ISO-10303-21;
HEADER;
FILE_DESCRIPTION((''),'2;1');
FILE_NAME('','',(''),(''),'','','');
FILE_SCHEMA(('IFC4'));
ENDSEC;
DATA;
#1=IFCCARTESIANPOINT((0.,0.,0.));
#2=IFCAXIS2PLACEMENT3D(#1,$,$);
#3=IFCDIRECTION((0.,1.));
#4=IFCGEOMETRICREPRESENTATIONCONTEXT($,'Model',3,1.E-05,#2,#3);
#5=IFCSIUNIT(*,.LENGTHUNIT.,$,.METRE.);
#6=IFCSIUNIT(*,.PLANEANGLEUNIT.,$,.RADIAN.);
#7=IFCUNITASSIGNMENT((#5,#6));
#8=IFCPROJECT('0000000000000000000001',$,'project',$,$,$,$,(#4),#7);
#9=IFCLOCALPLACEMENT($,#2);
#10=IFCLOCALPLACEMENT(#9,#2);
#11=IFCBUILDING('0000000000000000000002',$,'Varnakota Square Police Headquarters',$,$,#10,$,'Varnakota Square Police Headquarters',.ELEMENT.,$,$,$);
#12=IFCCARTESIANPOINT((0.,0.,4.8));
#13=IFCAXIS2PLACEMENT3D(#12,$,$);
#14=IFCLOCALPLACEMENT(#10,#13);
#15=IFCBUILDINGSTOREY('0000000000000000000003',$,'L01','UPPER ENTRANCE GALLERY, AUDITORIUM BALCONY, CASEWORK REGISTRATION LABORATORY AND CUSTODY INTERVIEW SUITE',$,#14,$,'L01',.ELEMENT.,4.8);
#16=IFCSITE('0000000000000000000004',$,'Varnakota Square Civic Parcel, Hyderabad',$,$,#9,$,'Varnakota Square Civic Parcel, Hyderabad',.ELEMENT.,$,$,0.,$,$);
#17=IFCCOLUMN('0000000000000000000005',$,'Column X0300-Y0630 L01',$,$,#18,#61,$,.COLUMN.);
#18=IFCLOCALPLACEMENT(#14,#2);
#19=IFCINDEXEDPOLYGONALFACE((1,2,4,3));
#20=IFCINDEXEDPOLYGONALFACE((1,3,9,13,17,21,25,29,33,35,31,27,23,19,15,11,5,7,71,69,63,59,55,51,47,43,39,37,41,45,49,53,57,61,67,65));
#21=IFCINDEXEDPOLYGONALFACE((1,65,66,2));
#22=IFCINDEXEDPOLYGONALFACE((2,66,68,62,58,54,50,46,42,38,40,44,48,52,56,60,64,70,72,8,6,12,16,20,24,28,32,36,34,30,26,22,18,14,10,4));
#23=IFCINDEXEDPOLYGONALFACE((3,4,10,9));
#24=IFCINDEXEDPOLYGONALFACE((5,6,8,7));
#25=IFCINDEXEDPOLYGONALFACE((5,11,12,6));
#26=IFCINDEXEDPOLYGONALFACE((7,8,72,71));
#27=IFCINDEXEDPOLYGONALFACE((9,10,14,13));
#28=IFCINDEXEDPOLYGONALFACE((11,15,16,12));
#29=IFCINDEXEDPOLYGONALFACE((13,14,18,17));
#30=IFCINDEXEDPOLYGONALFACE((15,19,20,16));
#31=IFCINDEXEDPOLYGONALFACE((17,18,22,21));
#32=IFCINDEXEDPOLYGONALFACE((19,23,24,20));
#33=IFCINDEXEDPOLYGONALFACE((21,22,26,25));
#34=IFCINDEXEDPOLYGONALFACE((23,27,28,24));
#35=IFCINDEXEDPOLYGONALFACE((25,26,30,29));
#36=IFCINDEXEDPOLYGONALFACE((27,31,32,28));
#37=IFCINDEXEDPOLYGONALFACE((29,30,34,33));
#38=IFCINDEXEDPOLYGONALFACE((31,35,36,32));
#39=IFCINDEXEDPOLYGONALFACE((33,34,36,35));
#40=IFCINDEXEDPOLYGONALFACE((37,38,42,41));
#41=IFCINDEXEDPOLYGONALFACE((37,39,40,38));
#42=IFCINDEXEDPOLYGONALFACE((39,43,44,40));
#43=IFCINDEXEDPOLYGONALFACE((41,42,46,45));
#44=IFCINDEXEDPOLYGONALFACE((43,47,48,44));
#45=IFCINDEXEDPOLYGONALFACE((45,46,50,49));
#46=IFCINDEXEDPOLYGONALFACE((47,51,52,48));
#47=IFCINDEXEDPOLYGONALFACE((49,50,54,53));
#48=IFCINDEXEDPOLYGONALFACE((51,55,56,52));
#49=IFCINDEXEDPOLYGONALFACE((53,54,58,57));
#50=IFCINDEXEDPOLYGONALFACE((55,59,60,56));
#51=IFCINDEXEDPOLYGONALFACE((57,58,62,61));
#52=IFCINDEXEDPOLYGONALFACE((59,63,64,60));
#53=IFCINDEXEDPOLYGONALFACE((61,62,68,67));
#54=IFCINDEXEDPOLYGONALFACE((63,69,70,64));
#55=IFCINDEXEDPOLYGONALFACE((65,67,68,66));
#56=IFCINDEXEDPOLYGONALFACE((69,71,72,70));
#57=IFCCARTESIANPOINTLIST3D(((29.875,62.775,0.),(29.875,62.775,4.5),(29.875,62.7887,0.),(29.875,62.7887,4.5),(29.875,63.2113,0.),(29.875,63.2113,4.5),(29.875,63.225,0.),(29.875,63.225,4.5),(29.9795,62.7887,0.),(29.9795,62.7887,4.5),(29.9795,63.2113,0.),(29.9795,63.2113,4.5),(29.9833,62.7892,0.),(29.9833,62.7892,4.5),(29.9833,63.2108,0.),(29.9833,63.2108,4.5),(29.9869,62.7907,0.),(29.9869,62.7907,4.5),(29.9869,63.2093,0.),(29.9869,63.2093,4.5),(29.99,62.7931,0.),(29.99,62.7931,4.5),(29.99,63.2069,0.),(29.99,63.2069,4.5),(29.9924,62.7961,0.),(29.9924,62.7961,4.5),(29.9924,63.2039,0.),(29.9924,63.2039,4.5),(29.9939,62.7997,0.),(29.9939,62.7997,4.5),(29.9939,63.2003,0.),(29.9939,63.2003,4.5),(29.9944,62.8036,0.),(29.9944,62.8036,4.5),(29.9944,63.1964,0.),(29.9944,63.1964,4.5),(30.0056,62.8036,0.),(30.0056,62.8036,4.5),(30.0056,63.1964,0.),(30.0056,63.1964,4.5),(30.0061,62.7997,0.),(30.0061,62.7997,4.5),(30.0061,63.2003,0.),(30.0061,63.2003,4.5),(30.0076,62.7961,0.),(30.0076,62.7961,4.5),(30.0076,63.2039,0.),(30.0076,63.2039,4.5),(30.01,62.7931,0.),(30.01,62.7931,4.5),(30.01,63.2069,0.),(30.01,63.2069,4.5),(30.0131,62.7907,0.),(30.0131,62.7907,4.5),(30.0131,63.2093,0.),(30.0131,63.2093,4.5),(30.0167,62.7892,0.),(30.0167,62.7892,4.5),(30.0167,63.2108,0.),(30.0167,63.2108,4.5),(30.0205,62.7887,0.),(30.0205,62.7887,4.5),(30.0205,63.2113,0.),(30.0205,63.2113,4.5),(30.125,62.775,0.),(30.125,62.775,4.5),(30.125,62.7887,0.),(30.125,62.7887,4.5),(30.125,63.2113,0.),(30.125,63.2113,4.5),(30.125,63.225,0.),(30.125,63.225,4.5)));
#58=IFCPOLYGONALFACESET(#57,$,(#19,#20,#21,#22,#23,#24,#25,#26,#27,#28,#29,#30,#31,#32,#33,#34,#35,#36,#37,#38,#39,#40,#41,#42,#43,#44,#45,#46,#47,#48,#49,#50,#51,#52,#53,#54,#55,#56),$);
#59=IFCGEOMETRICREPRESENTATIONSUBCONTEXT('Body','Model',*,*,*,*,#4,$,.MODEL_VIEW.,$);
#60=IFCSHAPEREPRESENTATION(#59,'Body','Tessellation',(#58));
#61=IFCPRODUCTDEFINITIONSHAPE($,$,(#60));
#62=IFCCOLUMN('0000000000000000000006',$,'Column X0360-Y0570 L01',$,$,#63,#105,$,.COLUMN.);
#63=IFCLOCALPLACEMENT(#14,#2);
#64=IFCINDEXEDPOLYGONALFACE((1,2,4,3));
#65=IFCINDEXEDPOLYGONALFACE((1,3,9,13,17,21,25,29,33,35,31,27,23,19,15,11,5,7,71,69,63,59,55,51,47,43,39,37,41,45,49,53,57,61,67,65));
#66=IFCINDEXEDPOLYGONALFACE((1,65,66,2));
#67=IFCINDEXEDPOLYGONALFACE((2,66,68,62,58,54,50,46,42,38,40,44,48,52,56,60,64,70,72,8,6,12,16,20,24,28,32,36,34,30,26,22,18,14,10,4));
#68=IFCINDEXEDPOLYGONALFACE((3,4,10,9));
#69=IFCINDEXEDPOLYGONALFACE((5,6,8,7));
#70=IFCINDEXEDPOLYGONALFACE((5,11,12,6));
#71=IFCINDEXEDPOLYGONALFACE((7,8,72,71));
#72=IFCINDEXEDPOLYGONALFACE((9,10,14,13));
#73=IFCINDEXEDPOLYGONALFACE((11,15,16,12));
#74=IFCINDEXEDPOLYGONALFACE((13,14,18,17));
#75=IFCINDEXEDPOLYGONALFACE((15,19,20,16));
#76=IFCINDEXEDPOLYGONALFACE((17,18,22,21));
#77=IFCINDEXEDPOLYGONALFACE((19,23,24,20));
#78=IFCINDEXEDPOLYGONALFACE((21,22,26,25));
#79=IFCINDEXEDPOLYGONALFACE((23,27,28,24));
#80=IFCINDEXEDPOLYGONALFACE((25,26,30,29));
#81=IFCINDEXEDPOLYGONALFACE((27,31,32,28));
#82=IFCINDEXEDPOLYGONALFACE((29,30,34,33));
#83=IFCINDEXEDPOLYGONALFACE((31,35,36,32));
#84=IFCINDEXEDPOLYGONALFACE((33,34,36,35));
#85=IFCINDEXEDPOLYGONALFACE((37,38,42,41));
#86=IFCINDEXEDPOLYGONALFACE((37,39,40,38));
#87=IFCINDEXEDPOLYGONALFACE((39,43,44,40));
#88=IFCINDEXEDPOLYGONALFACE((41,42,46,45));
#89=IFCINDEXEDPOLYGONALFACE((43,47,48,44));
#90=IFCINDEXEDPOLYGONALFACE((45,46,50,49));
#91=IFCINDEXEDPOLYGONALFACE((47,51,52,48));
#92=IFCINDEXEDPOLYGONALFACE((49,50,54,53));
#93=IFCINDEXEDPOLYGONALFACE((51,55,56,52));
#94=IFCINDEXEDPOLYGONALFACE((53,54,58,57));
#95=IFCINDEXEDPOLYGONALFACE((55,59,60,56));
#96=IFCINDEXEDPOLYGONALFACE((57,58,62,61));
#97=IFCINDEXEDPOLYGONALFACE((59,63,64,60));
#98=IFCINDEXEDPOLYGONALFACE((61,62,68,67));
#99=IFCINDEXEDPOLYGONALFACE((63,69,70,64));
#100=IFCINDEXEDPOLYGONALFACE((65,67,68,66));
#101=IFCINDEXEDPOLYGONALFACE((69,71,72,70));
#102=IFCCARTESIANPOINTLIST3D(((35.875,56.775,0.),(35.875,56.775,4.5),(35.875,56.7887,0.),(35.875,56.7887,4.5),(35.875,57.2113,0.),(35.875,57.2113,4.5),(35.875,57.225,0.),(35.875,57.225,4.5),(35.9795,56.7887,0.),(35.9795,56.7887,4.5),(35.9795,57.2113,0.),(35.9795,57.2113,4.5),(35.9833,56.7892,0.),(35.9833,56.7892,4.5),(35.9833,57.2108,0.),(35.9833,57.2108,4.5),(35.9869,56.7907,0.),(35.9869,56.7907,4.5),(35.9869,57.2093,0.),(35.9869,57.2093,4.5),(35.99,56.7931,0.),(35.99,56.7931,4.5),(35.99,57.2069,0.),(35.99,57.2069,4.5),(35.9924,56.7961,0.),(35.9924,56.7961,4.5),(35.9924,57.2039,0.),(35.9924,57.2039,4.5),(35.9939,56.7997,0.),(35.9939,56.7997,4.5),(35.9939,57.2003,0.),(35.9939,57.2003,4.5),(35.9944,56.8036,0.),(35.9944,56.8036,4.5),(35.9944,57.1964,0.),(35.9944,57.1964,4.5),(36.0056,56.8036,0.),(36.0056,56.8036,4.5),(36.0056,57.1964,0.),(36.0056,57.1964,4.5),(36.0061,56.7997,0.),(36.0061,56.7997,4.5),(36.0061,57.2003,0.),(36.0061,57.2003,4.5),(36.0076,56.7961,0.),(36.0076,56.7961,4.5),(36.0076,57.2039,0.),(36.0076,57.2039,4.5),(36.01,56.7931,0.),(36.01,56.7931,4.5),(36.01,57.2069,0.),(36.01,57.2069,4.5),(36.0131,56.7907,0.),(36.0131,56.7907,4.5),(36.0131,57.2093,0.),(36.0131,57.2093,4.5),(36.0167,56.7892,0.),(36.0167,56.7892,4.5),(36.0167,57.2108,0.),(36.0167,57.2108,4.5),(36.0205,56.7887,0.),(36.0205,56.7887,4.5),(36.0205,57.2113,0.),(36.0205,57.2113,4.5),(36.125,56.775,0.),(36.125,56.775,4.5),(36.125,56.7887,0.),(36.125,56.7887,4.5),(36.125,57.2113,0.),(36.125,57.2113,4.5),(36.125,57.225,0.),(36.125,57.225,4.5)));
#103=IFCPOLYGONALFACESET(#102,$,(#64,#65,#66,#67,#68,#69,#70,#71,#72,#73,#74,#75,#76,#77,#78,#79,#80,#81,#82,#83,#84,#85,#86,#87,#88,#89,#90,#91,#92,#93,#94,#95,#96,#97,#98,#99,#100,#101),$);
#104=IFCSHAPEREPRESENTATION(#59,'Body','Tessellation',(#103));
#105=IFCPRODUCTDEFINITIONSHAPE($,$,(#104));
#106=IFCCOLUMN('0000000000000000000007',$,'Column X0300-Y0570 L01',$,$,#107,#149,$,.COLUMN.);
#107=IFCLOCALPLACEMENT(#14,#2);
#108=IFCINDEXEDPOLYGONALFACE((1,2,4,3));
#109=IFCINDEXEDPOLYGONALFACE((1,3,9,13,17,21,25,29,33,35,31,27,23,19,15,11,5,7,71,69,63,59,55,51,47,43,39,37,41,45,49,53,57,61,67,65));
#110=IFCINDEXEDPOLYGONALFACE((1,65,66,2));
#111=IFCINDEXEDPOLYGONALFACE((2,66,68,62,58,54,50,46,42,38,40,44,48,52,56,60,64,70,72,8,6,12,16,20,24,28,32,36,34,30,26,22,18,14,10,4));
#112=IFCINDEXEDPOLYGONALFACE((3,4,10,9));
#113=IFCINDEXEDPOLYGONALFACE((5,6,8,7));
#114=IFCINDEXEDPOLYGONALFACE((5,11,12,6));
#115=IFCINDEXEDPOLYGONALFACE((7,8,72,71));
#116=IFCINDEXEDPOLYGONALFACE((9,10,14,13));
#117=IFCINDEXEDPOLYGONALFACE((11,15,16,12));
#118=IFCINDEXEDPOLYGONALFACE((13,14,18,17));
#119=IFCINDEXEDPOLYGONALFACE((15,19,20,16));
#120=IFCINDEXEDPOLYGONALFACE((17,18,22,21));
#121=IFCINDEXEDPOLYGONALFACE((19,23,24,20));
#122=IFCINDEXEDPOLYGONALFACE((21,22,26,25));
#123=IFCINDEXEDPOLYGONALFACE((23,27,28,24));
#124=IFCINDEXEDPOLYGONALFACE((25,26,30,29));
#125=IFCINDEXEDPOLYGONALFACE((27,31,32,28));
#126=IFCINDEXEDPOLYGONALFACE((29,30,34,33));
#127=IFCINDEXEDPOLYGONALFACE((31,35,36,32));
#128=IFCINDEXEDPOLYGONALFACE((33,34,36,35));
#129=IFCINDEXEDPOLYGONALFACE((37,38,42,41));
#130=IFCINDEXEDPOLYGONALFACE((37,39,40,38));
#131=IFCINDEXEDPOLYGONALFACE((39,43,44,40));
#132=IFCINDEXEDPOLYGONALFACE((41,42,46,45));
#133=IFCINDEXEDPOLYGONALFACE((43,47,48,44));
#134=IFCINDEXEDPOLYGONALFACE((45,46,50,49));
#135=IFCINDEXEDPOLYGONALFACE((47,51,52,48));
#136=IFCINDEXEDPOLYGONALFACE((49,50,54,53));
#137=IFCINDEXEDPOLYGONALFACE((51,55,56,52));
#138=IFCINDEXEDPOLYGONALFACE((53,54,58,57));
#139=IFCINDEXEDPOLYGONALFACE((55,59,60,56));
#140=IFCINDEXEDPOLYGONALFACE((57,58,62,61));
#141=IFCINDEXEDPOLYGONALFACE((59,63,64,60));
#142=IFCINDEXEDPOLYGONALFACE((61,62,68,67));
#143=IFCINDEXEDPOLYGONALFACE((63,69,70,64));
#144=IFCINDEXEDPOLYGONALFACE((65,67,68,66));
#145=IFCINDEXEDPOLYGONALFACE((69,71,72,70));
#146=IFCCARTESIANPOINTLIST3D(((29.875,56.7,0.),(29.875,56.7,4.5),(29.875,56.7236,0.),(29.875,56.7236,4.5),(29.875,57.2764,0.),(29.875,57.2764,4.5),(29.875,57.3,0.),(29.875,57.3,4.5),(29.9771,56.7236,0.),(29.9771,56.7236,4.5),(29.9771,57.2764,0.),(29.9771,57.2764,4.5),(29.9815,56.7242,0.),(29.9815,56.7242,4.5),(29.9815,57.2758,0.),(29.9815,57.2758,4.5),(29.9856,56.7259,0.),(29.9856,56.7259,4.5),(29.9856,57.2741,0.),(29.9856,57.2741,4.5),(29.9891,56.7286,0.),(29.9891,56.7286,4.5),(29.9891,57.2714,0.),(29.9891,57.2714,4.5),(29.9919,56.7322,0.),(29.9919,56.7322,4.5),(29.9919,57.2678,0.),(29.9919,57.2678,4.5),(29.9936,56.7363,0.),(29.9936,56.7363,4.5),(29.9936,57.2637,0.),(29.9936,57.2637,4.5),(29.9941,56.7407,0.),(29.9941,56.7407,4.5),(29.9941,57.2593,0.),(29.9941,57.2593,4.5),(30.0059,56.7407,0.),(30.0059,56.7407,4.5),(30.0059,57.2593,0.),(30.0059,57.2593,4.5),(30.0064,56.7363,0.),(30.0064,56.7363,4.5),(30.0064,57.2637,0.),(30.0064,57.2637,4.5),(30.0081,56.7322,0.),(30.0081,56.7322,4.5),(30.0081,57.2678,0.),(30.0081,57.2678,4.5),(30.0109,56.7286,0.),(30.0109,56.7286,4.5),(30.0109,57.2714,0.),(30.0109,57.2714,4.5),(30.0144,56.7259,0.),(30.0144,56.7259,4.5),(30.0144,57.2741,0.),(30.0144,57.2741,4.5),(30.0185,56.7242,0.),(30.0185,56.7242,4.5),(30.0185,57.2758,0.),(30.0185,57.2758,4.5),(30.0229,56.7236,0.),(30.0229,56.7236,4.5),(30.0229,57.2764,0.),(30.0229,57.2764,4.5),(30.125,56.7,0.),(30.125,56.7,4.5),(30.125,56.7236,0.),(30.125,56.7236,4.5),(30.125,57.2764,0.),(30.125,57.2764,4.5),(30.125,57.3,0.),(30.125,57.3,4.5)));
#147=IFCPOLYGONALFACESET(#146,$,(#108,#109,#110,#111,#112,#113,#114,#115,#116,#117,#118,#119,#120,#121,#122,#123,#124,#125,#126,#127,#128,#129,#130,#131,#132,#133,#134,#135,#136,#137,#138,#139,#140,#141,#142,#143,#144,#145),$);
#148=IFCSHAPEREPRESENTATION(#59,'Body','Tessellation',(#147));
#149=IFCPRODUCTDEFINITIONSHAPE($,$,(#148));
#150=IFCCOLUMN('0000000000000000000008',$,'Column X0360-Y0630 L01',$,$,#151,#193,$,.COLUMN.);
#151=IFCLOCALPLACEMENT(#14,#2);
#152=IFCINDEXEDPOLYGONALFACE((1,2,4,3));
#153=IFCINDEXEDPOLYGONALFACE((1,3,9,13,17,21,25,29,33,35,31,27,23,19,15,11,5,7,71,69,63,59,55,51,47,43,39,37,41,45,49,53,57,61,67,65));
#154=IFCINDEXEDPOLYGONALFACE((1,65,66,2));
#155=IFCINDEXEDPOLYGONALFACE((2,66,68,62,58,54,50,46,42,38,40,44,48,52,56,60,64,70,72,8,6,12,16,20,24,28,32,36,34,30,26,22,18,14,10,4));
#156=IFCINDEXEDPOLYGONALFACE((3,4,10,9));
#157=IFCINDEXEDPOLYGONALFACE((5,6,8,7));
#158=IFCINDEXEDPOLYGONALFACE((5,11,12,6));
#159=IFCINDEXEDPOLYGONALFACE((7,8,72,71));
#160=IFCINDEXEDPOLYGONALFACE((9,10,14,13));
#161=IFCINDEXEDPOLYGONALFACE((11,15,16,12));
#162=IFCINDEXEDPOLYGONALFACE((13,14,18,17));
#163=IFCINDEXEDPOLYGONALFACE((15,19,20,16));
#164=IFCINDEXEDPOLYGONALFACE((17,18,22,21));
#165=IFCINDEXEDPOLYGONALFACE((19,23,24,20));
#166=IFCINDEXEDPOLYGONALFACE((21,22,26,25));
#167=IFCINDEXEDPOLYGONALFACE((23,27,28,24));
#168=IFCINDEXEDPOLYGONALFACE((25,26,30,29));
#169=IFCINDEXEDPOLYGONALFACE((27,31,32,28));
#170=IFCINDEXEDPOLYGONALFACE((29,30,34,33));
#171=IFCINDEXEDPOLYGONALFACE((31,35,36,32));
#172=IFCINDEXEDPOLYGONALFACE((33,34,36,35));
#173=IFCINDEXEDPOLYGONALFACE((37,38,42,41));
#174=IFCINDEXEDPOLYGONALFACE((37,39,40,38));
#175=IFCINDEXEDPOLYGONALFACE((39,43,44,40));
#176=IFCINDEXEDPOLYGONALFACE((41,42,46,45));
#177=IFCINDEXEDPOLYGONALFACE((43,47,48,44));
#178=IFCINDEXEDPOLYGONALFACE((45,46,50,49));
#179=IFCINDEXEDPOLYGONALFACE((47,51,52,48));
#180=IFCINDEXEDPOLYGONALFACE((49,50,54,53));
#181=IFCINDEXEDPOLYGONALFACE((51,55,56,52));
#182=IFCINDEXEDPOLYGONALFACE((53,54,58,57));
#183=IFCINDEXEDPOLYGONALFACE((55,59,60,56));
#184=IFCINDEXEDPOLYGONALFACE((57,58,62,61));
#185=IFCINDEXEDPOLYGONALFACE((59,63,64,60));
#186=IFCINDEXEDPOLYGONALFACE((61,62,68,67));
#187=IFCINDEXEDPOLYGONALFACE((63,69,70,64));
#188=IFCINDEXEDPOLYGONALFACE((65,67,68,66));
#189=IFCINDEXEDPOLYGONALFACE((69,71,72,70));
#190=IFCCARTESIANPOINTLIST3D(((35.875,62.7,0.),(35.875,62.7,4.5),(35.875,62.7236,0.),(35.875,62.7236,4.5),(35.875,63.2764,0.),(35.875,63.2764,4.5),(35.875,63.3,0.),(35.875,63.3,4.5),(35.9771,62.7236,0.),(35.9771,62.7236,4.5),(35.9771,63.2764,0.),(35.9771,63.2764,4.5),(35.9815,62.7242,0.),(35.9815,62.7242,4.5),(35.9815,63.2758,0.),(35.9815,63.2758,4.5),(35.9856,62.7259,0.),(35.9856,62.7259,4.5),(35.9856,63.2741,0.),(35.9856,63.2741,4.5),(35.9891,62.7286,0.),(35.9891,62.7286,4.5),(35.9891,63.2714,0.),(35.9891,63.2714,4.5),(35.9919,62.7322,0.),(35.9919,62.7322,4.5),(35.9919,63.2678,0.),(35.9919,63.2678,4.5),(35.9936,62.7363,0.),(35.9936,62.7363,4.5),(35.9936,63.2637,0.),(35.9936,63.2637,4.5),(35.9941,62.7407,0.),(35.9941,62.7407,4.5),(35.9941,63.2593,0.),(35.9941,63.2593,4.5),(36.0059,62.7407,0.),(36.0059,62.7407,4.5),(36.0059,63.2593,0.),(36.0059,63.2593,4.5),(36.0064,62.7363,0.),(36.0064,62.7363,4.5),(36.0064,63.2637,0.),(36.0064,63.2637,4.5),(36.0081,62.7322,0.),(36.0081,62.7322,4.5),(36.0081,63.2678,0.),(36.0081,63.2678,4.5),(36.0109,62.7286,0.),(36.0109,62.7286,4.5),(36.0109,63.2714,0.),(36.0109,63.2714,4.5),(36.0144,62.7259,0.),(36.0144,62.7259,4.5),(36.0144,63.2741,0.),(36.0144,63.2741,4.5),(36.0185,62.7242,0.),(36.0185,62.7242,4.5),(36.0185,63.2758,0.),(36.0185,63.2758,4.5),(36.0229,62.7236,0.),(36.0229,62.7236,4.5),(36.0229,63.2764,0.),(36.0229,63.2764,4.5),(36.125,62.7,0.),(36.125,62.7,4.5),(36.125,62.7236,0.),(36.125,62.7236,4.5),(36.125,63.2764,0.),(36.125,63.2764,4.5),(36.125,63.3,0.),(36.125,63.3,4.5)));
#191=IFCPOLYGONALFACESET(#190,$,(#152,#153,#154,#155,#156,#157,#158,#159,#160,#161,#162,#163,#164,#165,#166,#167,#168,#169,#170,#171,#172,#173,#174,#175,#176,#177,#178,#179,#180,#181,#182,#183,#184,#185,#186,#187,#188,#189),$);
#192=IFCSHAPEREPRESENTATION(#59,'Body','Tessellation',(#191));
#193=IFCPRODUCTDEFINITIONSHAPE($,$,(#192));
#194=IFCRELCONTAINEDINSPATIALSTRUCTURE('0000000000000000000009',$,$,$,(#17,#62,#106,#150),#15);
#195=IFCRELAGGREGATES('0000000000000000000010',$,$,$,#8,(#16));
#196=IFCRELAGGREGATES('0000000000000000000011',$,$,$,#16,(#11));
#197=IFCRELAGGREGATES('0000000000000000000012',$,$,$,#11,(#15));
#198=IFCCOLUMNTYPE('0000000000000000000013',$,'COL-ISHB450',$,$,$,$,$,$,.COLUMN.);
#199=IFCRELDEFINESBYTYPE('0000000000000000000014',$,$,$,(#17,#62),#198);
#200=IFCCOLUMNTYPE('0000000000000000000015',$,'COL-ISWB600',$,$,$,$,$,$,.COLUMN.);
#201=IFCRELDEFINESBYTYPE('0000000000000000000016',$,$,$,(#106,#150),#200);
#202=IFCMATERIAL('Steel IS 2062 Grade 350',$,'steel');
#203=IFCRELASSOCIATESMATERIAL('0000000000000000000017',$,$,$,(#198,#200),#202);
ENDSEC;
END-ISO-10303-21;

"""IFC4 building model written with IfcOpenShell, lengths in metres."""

from ifc_helpers import new_model, si_unit, direction, frame, origin, origin_2d, place, context, subcontext, project, spatial, i_section, extrude, material, material_profile, profile_set, type_object, element, save


model = new_model("IFC4")

# Units and contexts
model_context = context("Model", 3, precision=1e-05, world=origin(), true_north=direction((0.0, 1.0)))
body_context = subcontext(model_context, "Body", "Model", "MODEL_VIEW")
ifc_project = project(units=[si_unit("LENGTHUNIT", "METRE"), si_unit("PLANEANGLEUNIT", "RADIAN")], contexts=[model_context])

# Site, building, storey
site_placement = place(None, origin())
site = spatial("IfcSite", under=ifc_project, at=site_placement, Name="Varnakota Square Civic Parcel, Hyderabad", LongName="Varnakota Square Civic Parcel, Hyderabad", CompositionType="ELEMENT", RefElevation=0.0)
building_placement = place(site_placement, origin())
building = spatial("IfcBuilding", under=site, at=building_placement, Name="Varnakota Square Police Headquarters", LongName="Varnakota Square Police Headquarters", CompositionType="ELEMENT")
storey_placement = place(building_placement, frame((0.0, 0.0, 4.8)))
storey = spatial("IfcBuildingStorey", under=building, at=storey_placement, Name="L01", Description="UPPER ENTRANCE GALLERY, AUDITORIUM BALCONY, CASEWORK REGISTRATION LABORATORY AND CUSTODY INTERVIEW SUITE", LongName="L01", CompositionType="ELEMENT", Elevation=4.8)

# Columns
ifc_material_1 = material(Name="Steel IS 2062 Grade 350", Category="steel")
ifc_material_profile_1 = material_profile(ifc_material_1, i_section(OverallWidth=0.25, OverallDepth=0.45, WebThickness=0.0112, FlangeThickness=0.0137, FilletRadius=0.0149, at=origin_2d()), Name="ISHB 450")
ifc_profile_set_1 = profile_set([ifc_material_profile_1], Name="Steel IS 2062 Grade 350")
column_type_1 = type_object("IfcColumnType", Name="COL-ISHB450", PredefinedType="COLUMN", material=ifc_profile_set_1)
for number, where, z_axis, x_axis, name in (
    (1, (30.0, 63.0, 0.0), (0.0, 0.0, 1.0), (1.0, 0.0, 0.0), "Column X0300-Y0630 L01"),
    (2, (36.0, 57.0, 0.0), (0.0, 0.0, 1.0), (1.0, 0.0, 0.0), "Column X0360-Y0570 L01"),
):
    element("IfcColumn", number, at=place(storey_placement, frame(where, z_axis=z_axis, x_axis=x_axis)), inside=storey, type_object=column_type_1, Name=name, PredefinedType="COLUMN", context=body_context, shape_type="SweptSolid", body=[
        extrude(i_section(OverallWidth=0.25, OverallDepth=0.45, WebThickness=0.0112, FlangeThickness=0.0137, FilletRadius=0.0149, at=origin_2d()), origin(), (0.0, 0.0, 1.0), 4.5),
    ])
ifc_material_profile_2 = material_profile(ifc_material_1, i_section(OverallWidth=0.25, OverallDepth=0.6001, WebThickness=0.0117, FlangeThickness=0.0237, FilletRadius=0.0171, at=origin_2d()), Name="ISWB 600")
ifc_profile_set_2 = profile_set([ifc_material_profile_2], Name="Steel IS 2062 Grade 350")
column_type_2 = type_object("IfcColumnType", Name="COL-ISWB600", PredefinedType="COLUMN", material=ifc_profile_set_2)
for number, where, z_axis, x_axis, name in (
    (3, (30.0, 57.0, 0.0), (0.0, 0.0, 1.0), (1.0, 0.0, 0.0), "Column X0300-Y0570 L01"),
    (4, (36.0, 63.0, 0.0), (0.0, 0.0, 1.0), (1.0, 0.0, 0.0), "Column X0360-Y0630 L01"),
):
    element("IfcColumn", number, at=place(storey_placement, frame(where, z_axis=z_axis, x_axis=x_axis)), inside=storey, type_object=column_type_2, Name=name, PredefinedType="COLUMN", context=body_context, shape_type="SweptSolid", body=[
        extrude(i_section(OverallWidth=0.25, OverallDepth=0.6001, WebThickness=0.0117, FlangeThickness=0.0237, FilletRadius=0.0171, at=origin_2d()), origin(), (0.0, 0.0, 1.0), 4.5),
    ])

save(model, "model.ifc")
